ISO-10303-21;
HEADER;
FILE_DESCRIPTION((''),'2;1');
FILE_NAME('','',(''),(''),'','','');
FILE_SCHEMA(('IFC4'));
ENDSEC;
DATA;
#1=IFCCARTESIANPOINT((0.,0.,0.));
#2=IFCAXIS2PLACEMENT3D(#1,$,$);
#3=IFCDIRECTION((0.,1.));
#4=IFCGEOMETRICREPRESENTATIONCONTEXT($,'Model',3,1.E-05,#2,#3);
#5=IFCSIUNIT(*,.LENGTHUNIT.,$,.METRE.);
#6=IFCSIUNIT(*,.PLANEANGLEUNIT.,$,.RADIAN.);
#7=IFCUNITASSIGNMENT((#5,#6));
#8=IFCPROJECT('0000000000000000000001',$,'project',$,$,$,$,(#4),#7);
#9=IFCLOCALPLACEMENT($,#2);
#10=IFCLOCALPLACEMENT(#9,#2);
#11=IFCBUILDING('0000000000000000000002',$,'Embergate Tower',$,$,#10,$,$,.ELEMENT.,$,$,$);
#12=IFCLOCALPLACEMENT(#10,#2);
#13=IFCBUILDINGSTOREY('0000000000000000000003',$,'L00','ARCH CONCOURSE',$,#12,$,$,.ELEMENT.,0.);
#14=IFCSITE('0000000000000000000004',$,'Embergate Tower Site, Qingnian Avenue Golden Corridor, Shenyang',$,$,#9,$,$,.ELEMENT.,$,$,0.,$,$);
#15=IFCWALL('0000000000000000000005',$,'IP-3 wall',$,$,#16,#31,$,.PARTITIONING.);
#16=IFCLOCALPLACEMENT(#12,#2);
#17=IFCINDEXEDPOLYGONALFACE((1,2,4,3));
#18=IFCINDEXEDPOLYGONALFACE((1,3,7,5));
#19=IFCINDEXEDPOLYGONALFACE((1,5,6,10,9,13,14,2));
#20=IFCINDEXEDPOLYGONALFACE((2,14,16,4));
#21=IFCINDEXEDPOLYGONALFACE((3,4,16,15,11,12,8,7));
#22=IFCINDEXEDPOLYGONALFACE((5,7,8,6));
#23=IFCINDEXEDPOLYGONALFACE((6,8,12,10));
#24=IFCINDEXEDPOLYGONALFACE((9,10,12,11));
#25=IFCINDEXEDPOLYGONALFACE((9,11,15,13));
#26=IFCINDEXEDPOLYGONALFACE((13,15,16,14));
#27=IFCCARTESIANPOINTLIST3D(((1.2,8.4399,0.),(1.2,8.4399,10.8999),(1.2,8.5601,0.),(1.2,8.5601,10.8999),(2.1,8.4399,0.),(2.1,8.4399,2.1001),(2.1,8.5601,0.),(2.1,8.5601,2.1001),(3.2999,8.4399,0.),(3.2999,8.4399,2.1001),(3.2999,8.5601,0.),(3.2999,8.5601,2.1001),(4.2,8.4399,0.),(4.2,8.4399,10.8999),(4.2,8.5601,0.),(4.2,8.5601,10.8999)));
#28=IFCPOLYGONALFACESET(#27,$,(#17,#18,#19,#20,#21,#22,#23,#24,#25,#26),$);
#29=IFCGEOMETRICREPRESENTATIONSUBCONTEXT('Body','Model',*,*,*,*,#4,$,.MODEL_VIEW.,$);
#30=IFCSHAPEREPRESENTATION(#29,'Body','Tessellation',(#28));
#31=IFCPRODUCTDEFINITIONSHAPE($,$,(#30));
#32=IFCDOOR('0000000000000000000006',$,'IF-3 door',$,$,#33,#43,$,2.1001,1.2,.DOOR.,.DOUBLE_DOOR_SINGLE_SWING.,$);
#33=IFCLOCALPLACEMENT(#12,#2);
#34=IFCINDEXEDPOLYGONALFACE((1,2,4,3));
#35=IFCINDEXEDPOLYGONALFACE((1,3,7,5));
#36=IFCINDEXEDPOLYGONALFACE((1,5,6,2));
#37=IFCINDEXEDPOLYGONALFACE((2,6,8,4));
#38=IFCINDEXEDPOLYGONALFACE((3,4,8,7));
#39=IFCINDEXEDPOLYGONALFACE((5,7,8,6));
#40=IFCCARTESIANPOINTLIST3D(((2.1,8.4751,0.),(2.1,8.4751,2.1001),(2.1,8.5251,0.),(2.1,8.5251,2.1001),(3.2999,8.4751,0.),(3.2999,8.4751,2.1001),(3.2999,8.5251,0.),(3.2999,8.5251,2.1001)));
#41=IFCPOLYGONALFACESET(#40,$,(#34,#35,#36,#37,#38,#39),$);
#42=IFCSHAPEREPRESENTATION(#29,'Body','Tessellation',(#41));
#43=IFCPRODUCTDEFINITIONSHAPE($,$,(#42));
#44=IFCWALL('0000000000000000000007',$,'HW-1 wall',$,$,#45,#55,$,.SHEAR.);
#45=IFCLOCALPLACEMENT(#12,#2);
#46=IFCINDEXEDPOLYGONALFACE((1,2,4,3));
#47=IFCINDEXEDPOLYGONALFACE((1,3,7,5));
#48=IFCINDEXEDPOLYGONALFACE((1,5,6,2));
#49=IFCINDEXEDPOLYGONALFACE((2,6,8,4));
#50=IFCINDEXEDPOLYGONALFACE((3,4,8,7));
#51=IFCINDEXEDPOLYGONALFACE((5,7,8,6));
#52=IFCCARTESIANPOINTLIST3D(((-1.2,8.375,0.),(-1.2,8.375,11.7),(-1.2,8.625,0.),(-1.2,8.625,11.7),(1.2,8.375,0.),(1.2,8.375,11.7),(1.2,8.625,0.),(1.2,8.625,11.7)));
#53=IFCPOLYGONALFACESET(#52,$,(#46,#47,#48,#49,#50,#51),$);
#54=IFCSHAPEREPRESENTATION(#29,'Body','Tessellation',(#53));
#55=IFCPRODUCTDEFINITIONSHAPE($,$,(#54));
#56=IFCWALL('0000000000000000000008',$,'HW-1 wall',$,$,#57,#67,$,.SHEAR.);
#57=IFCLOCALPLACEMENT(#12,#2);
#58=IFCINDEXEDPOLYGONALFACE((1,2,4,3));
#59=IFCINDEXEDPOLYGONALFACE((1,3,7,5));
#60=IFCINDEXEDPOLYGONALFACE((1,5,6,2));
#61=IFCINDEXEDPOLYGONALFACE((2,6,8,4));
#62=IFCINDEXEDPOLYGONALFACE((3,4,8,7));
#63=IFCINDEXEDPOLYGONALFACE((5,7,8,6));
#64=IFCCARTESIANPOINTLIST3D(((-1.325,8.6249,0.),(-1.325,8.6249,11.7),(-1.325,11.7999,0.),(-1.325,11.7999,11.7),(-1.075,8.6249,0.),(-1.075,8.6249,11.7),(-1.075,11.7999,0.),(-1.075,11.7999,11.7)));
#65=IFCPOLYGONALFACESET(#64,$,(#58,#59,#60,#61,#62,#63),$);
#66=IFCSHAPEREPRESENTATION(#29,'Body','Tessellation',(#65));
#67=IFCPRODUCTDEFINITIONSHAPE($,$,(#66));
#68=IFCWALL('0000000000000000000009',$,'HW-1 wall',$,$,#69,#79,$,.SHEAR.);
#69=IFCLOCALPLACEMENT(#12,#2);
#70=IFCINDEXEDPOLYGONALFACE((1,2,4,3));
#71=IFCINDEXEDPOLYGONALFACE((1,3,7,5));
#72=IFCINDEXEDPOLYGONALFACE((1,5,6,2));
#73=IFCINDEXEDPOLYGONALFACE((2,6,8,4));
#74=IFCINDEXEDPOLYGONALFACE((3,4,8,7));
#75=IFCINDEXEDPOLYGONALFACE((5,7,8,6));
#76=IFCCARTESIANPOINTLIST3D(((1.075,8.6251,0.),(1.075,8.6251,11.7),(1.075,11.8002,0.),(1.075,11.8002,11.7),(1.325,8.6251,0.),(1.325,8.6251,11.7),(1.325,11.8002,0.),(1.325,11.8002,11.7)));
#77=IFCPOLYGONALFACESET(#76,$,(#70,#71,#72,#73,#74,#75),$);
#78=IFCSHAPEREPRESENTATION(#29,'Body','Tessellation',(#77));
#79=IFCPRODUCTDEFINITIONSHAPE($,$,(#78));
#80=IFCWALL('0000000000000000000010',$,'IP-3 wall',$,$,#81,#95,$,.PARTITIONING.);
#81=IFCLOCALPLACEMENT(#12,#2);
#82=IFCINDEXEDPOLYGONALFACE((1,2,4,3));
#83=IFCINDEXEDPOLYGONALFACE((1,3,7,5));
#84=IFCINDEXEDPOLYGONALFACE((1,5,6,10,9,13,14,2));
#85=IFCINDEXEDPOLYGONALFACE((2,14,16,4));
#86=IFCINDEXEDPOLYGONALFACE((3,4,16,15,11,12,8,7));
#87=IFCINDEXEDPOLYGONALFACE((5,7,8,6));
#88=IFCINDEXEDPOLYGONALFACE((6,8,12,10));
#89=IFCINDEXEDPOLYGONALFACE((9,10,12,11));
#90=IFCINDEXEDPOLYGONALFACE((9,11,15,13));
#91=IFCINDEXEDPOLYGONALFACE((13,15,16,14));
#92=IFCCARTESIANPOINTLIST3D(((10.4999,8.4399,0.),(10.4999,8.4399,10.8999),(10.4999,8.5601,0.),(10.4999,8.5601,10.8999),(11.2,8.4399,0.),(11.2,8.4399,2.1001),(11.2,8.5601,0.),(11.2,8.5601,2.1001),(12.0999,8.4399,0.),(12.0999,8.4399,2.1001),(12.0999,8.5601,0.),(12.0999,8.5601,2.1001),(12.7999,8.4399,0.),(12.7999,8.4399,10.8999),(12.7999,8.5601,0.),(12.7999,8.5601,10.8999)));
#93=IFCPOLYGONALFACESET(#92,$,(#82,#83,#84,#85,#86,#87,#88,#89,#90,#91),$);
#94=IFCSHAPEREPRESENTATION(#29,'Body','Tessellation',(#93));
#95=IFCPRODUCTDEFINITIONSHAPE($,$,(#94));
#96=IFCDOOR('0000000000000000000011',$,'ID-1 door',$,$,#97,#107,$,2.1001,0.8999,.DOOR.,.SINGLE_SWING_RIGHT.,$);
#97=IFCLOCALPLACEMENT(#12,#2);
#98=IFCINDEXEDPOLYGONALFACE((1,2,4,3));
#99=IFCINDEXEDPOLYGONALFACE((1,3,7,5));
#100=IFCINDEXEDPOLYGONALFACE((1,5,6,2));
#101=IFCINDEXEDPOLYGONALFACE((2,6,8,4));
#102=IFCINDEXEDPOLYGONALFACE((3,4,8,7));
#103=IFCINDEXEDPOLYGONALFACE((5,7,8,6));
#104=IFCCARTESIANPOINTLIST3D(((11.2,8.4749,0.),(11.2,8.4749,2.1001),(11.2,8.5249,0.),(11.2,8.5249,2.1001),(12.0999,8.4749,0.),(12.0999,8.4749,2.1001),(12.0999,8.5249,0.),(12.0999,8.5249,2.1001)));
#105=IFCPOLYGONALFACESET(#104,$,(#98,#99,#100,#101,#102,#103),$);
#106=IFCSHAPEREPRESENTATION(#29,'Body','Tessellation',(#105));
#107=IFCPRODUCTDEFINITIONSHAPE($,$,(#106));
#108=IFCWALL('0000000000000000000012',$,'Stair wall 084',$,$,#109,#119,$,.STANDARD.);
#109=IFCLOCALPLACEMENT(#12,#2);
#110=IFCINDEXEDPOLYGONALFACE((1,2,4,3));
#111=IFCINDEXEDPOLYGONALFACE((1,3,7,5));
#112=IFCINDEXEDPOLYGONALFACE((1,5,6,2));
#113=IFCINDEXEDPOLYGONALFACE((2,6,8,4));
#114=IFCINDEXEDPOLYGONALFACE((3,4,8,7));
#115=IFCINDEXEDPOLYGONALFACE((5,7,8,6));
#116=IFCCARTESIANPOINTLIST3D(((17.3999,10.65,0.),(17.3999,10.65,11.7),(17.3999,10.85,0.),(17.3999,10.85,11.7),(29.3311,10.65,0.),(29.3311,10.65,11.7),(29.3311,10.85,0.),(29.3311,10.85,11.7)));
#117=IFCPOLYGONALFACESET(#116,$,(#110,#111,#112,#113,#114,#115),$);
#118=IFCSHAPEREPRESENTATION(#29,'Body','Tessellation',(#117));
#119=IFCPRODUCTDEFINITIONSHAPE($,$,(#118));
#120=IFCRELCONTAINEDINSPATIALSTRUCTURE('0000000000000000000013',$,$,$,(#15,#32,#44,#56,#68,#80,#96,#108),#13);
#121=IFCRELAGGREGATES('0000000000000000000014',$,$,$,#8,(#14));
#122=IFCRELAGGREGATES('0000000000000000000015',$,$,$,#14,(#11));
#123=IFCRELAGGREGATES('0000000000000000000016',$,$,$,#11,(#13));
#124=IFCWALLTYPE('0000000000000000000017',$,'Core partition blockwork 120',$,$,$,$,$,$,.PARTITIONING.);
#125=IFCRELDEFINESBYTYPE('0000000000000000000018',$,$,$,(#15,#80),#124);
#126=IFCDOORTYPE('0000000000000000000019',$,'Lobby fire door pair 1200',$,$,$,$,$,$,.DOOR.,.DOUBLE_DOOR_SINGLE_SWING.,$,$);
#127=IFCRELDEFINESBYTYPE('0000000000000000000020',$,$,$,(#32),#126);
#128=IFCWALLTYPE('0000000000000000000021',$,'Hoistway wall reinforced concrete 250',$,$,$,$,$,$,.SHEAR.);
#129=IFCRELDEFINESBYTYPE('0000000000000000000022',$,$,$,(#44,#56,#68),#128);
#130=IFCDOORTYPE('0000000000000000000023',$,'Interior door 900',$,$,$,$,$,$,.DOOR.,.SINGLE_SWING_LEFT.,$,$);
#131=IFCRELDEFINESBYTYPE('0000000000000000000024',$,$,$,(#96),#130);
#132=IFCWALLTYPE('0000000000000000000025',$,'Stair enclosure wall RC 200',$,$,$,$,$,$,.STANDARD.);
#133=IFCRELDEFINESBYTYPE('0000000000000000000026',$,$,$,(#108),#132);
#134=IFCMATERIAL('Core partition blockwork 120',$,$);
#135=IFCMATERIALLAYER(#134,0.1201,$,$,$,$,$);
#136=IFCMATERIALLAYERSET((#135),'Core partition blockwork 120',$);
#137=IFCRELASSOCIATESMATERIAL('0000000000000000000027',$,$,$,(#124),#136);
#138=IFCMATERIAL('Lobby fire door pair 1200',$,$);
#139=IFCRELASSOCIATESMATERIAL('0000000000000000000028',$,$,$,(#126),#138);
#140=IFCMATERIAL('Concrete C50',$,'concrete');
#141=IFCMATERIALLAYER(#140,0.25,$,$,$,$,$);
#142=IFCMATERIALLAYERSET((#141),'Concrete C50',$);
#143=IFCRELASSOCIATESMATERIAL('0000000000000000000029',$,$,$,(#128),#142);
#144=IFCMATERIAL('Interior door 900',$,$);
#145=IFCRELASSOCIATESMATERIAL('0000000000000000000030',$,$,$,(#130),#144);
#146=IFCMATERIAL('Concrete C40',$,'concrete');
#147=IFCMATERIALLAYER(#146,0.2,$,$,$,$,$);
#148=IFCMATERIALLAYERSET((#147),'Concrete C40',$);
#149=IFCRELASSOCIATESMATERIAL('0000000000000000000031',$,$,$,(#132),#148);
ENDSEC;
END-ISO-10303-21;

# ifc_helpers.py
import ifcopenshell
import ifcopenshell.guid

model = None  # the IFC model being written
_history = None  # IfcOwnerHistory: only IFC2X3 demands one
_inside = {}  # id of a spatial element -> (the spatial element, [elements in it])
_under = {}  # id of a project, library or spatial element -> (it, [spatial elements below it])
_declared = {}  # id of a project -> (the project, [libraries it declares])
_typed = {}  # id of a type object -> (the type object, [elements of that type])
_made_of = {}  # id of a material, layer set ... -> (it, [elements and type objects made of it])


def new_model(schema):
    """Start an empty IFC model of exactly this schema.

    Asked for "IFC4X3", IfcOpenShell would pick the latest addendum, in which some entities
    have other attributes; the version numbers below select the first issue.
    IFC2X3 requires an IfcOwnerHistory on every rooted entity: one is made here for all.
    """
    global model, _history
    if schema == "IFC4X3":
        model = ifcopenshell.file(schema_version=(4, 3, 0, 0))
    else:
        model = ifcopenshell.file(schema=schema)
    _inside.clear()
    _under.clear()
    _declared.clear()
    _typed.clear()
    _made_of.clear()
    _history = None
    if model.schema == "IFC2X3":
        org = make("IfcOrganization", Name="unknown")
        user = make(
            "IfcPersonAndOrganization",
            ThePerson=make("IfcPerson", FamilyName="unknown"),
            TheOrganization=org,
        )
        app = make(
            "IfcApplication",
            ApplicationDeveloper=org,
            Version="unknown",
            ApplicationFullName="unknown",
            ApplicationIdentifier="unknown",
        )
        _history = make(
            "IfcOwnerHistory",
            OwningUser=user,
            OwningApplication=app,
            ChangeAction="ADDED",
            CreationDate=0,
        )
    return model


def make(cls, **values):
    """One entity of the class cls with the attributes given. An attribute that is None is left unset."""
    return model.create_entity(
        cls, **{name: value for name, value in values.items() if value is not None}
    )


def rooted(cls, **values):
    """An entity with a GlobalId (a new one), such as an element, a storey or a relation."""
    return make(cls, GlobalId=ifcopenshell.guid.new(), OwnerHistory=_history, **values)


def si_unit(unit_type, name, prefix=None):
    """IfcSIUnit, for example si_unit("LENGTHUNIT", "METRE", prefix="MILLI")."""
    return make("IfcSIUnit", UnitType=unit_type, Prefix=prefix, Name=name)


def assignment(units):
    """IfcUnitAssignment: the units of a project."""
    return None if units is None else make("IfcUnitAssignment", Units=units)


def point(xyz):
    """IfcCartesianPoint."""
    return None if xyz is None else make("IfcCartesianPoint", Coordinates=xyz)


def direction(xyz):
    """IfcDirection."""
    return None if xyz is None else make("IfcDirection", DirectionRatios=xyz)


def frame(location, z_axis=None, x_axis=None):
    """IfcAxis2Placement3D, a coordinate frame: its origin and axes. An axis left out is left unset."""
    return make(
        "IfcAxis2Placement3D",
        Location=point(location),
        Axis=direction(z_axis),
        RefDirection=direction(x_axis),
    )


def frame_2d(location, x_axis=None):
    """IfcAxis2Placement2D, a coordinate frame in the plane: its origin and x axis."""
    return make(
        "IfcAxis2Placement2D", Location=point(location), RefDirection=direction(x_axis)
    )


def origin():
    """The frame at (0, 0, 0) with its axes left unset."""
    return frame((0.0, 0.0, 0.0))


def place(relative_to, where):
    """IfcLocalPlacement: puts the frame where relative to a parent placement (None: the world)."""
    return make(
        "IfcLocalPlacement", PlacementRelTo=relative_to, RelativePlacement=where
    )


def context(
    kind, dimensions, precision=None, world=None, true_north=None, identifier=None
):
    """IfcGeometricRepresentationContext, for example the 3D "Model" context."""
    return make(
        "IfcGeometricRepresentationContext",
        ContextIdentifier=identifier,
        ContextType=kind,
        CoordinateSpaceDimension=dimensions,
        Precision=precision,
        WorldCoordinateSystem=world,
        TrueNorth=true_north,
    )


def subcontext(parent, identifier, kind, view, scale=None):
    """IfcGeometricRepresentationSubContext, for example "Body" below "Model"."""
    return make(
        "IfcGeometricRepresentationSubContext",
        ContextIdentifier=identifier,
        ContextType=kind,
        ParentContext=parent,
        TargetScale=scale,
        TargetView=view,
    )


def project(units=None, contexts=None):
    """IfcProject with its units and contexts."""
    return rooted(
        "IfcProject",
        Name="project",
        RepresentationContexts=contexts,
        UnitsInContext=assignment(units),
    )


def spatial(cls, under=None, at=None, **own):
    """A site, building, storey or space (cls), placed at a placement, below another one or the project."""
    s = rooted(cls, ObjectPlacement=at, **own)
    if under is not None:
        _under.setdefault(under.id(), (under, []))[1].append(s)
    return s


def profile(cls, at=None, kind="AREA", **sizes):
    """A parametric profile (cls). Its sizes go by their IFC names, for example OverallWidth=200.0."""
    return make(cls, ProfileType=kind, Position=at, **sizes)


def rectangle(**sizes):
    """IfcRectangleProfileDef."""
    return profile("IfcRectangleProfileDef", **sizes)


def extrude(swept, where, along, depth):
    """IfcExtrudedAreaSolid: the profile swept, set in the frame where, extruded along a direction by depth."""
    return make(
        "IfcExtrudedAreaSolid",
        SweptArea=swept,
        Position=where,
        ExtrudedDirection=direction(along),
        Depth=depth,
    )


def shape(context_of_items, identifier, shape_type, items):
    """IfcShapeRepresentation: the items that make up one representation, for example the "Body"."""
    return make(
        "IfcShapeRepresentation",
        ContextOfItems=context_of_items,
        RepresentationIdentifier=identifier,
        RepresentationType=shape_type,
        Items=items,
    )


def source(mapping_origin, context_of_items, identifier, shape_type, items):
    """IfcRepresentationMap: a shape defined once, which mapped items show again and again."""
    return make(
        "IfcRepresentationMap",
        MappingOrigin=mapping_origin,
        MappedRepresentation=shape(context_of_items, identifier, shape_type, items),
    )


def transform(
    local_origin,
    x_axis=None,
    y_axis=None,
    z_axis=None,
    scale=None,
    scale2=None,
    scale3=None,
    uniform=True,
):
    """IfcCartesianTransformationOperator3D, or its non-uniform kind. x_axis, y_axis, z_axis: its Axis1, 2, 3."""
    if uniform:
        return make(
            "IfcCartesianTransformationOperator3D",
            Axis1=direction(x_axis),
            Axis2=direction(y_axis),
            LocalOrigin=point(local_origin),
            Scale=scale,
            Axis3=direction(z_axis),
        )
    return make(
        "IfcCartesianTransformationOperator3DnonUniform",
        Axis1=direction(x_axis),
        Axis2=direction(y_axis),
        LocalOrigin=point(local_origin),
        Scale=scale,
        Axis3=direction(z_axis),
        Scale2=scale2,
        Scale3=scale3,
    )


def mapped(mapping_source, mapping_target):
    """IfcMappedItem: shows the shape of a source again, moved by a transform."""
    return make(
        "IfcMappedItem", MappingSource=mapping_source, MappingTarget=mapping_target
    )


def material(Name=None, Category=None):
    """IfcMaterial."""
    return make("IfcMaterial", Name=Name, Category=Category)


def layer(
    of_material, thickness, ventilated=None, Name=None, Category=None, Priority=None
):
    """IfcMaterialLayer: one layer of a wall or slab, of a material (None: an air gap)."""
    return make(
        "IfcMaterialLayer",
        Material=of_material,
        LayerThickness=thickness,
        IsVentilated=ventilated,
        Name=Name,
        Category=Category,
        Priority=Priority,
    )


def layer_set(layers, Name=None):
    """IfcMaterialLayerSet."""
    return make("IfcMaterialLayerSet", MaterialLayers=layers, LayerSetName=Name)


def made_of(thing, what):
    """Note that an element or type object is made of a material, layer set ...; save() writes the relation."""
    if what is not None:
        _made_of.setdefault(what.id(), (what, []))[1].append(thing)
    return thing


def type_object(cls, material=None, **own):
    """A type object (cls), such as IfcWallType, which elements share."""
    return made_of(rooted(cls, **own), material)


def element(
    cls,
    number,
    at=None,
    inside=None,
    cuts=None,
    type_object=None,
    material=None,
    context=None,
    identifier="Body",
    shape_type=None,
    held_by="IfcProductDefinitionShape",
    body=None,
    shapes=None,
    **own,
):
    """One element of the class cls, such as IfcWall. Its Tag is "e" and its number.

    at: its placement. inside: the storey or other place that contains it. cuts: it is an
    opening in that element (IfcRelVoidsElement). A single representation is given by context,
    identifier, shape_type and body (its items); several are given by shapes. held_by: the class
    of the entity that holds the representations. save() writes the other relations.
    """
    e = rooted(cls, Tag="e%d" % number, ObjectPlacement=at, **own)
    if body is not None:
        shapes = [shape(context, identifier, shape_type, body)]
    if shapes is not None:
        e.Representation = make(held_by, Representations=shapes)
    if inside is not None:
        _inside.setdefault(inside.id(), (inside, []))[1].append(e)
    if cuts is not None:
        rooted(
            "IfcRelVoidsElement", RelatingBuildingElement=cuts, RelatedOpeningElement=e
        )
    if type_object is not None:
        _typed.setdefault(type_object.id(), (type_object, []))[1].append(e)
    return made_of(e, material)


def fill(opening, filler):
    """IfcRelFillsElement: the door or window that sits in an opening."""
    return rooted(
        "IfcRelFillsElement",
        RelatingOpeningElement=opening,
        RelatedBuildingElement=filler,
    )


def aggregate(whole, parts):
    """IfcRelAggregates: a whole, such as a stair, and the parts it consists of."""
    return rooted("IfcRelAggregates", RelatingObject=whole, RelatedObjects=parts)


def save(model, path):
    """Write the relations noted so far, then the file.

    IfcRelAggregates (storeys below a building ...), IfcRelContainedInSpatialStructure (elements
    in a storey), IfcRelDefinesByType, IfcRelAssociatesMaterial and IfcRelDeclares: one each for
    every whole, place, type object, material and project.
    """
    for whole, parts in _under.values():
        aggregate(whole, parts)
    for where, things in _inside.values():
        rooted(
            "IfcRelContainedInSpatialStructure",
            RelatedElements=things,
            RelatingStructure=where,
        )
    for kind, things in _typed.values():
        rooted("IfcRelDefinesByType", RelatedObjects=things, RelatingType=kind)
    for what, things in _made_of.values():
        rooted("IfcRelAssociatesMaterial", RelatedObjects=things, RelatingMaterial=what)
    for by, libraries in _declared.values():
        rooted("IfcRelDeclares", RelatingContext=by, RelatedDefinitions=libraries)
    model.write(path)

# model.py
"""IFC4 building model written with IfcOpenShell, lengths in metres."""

from ifc_helpers import new_model, si_unit, direction, frame, frame_2d, origin, place, context, subcontext, project, spatial, rectangle, extrude, source, transform, mapped, material, layer, layer_set, type_object, element, fill, save


model = new_model("IFC4")

# Units and contexts
model_context = context("Model", 3, precision=1e-05, world=origin(), true_north=direction((0.0, 1.0)))
body_context = subcontext(model_context, "Body", "Model", "MODEL_VIEW")
ifc_project = project(units=[si_unit("LENGTHUNIT", "METRE"), si_unit("PLANEANGLEUNIT", "RADIAN")], contexts=[model_context])

# Site, building, storey
site_placement = place(None, origin())
site = spatial("IfcSite", under=ifc_project, at=site_placement, Name="Embergate Tower Site, Qingnian Avenue Golden Corridor, Shenyang", CompositionType="ELEMENT", RefElevation=0.0)
building_placement = place(site_placement, origin())
building = spatial("IfcBuilding", under=site, at=building_placement, Name="Embergate Tower", CompositionType="ELEMENT")
storey_placement = place(building_placement, origin())
storey = spatial("IfcBuildingStorey", under=building, at=storey_placement, Name="L00", Description="ARCH CONCOURSE", CompositionType="ELEMENT", Elevation=0.0)

# Shared definitions
ifc_material_1 = material(Name="Concrete C50", Category="concrete")

# Wall, opening, door
shared_shape_1 = source(origin(), body_context, "Body", "SweptSolid", [
    extrude(rectangle(XDim=1.2, YDim=2.1001, at=frame_2d((0.6001, 1.05))), frame((0.0, 0.0249, 0.0), z_axis=(0.0, -1.0, 0.0), x_axis=(1.0, 0.0, 0.0)), (0.0, 0.0, 1.0), 0.05),
])
ifc_material_2 = material(Name="Core partition blockwork 120")
ifc_layer_1 = layer(ifc_material_2, 0.1201)
ifc_layer_set_1 = layer_set([ifc_layer_1], Name="Core partition blockwork 120")
wall_type_1 = type_object("IfcWallType", Name="Core partition blockwork 120", PredefinedType="PARTITIONING", material=ifc_layer_set_1)
shared_shape_2 = source(origin(), body_context, "Body", "SweptSolid", [
    extrude(rectangle(XDim=3.0, YDim=0.1201, at=frame_2d((1.5, 0.0))), origin(), (0.0, 0.0, 1.0), 10.8999),
])
wall_1_placement = place(storey_placement, frame((4.2, 8.5, 0.0), z_axis=(0.0, 0.0, 1.0), x_axis=(-1.0, 0.0, 0.0)))
wall_1 = element("IfcWall", 1, at=wall_1_placement, inside=storey, type_object=wall_type_1, Name="IP-3 wall", PredefinedType="PARTITIONING", context=body_context, shape_type="MappedRepresentation", body=[
    mapped(shared_shape_2, transform((0.0, 0.0, 0.0))),
])
shared_shape_3 = source(origin(), body_context, "Body", "SweptSolid", [
    extrude(rectangle(XDim=1.2, YDim=2.1001, at=frame_2d((0.6001, 1.05))), frame((0.0, 0.0701, 0.0), z_axis=(0.0, -1.0, 0.0), x_axis=(1.0, 0.0, 0.0)), (0.0, 0.0, 1.0), 0.1401),
])
opening_1_placement = place(wall_1_placement, frame((0.8999, 0.0, 0.0)))
opening_1 = element("IfcOpeningElement", 2, at=opening_1_placement, cuts=wall_1, PredefinedType="OPENING", context=body_context, shape_type="MappedRepresentation", body=[
    mapped(shared_shape_3, transform((0.0, 0.0, 0.0))),
])
ifc_material_3 = material(Name="Lobby fire door pair 1200")
door_type_1 = type_object("IfcDoorType", Name="Lobby fire door pair 1200", OperationType="DOUBLE_DOOR_SINGLE_SWING", PredefinedType="DOOR", material=ifc_material_3)
door_1_placement = place(opening_1_placement, origin())
door_1 = element("IfcDoor", 3, at=door_1_placement, inside=storey, type_object=door_type_1, Name="IF-3 door", OperationType="DOUBLE_DOOR_SINGLE_SWING", OverallHeight=2.1001, OverallWidth=1.2, PredefinedType="DOOR", context=body_context, shape_type="MappedRepresentation", body=[
    mapped(shared_shape_1, transform((0.0, 0.0, 0.0))),
])
fill(opening_1, door_1)

# Walls
ifc_layer_2 = layer(ifc_material_1, 0.25)
ifc_layer_set_2 = layer_set([ifc_layer_2], Name="Concrete C50")
wall_type_2 = type_object("IfcWallType", Name="Hoistway wall reinforced concrete 250", PredefinedType="SHEAR", material=ifc_layer_set_2)
shared_shape_4 = source(origin(), body_context, "Body", "SweptSolid", [
    extrude(rectangle(XDim=2.3999, YDim=0.25, at=frame_2d((1.2, 0.0))), origin(), (0.0, 0.0, 1.0), 11.7),
])
wall_2_placement = place(storey_placement, frame((1.2, 8.5, 0.0), z_axis=(0.0, 0.0, 1.0), x_axis=(-1.0, 0.0, 0.0)))
element("IfcWall", 4, at=wall_2_placement, inside=storey, type_object=wall_type_2, Name="HW-1 wall", PredefinedType="SHEAR", context=body_context, shape_type="MappedRepresentation", body=[
    mapped(shared_shape_4, transform((0.0, 0.0, 0.0))),
])
shared_shape_5 = source(origin(), body_context, "Body", "SweptSolid", [
    extrude(rectangle(XDim=3.175, YDim=0.25, at=frame_2d((1.5874, 0.0))), origin(), (0.0, 0.0, 1.0), 11.7),
])
for number, where, z_axis, x_axis, name in (
    (5, (-1.2, 8.625, 0.0), (0.0, 0.0, 1.0), (0.0, 1.0, 0.0), "HW-1 wall"),
    (6, (1.2, 11.8, 0.0), (0.0, 0.0, 1.0), (0.0, -1.0, 0.0), "HW-1 wall"),
):
    element("IfcWall", number, at=place(storey_placement, frame(where, z_axis=z_axis, x_axis=x_axis)), inside=storey, type_object=wall_type_2, Name=name, PredefinedType="SHEAR", context=body_context, shape_type="MappedRepresentation", body=[
        mapped(shared_shape_5, transform((0.0, 0.0, 0.0))),
    ])

# Wall, opening, door
shared_shape_6 = source(origin(), body_context, "Body", "SweptSolid", [
    extrude(rectangle(XDim=2.3, YDim=0.1201, at=frame_2d((1.1499, 0.0))), origin(), (0.0, 0.0, 1.0), 10.8999),
])
wall_3_placement = place(storey_placement, frame((10.5, 8.5, 0.0), z_axis=(0.0, 0.0, 1.0), x_axis=(1.0, 0.0, 0.0)))
wall_3 = element("IfcWall", 7, at=wall_3_placement, inside=storey, type_object=wall_type_1, Name="IP-3 wall", PredefinedType="PARTITIONING", context=body_context, shape_type="MappedRepresentation", body=[
    mapped(shared_shape_6, transform((0.0, 0.0, 0.0))),
])
shared_shape_7 = source(origin(), body_context, "Body", "SweptSolid", [
    extrude(rectangle(XDim=0.8999, YDim=2.1001, at=frame_2d((0.45, 1.05))), frame((0.0, 0.0701, 0.0), z_axis=(0.0, -1.0, 0.0), x_axis=(1.0, 0.0, 0.0)), (0.0, 0.0, 1.0), 0.1401),
])
opening_2_placement = place(wall_3_placement, frame((0.7, 0.0, 0.0)))
opening_2 = element("IfcOpeningElement", 8, at=opening_2_placement, cuts=wall_3, PredefinedType="OPENING", context=body_context, shape_type="MappedRepresentation", body=[
    mapped(shared_shape_7, transform((0.0, 0.0, 0.0))),
])
ifc_material_4 = material(Name="Interior door 900")
door_type_2 = type_object("IfcDoorType", Name="Interior door 900", OperationType="SINGLE_SWING_LEFT", PredefinedType="DOOR", material=ifc_material_4)
shared_shape_8 = source(origin(), body_context, "Body", "SweptSolid", [
    extrude(rectangle(XDim=0.8999, YDim=2.1001, at=frame_2d((0.45, 1.05))), frame((0.0, 0.0249, 0.0), z_axis=(0.0, -1.0, 0.0), x_axis=(1.0, 0.0, 0.0)), (0.0, 0.0, 1.0), 0.05),
])
door_2_placement = place(opening_2_placement, origin())
door_2 = element("IfcDoor", 9, at=door_2_placement, inside=storey, type_object=door_type_2, Name="ID-1 door", OperationType="SINGLE_SWING_RIGHT", OverallHeight=2.1001, OverallWidth=0.8999, PredefinedType="DOOR", context=body_context, shape_type="MappedRepresentation", body=[
    mapped(shared_shape_8, transform((0.0, 0.0, 0.0))),
])
fill(opening_2, door_2)

# Wall
ifc_material_5 = material(Name="Concrete C40", Category="concrete")
ifc_layer_3 = layer(ifc_material_5, 0.2)
ifc_layer_set_3 = layer_set([ifc_layer_3], Name="Concrete C40")
wall_type_3 = type_object("IfcWallType", Name="Stair enclosure wall RC 200", PredefinedType="STANDARD", material=ifc_layer_set_3)
shared_shape_9 = source(origin(), body_context, "Body", "SweptSolid", [
    extrude(rectangle(XDim=11.9312, YDim=0.2, at=frame_2d((5.9656, 0.0))), origin(), (0.0, 0.0, 1.0), 11.7),
])
wall_4_placement = place(storey_placement, frame((17.3999, 10.75, 0.0), z_axis=(0.0, 0.0, 1.0), x_axis=(1.0, 0.0, 0.0)))
element("IfcWall", 10, at=wall_4_placement, inside=storey, type_object=wall_type_3, Name="Stair wall 084", PredefinedType="STANDARD", context=body_context, shape_type="MappedRepresentation", body=[
    mapped(shared_shape_9, transform((0.0, 0.0, 0.0))),
])

save(model, "model.ifc")
